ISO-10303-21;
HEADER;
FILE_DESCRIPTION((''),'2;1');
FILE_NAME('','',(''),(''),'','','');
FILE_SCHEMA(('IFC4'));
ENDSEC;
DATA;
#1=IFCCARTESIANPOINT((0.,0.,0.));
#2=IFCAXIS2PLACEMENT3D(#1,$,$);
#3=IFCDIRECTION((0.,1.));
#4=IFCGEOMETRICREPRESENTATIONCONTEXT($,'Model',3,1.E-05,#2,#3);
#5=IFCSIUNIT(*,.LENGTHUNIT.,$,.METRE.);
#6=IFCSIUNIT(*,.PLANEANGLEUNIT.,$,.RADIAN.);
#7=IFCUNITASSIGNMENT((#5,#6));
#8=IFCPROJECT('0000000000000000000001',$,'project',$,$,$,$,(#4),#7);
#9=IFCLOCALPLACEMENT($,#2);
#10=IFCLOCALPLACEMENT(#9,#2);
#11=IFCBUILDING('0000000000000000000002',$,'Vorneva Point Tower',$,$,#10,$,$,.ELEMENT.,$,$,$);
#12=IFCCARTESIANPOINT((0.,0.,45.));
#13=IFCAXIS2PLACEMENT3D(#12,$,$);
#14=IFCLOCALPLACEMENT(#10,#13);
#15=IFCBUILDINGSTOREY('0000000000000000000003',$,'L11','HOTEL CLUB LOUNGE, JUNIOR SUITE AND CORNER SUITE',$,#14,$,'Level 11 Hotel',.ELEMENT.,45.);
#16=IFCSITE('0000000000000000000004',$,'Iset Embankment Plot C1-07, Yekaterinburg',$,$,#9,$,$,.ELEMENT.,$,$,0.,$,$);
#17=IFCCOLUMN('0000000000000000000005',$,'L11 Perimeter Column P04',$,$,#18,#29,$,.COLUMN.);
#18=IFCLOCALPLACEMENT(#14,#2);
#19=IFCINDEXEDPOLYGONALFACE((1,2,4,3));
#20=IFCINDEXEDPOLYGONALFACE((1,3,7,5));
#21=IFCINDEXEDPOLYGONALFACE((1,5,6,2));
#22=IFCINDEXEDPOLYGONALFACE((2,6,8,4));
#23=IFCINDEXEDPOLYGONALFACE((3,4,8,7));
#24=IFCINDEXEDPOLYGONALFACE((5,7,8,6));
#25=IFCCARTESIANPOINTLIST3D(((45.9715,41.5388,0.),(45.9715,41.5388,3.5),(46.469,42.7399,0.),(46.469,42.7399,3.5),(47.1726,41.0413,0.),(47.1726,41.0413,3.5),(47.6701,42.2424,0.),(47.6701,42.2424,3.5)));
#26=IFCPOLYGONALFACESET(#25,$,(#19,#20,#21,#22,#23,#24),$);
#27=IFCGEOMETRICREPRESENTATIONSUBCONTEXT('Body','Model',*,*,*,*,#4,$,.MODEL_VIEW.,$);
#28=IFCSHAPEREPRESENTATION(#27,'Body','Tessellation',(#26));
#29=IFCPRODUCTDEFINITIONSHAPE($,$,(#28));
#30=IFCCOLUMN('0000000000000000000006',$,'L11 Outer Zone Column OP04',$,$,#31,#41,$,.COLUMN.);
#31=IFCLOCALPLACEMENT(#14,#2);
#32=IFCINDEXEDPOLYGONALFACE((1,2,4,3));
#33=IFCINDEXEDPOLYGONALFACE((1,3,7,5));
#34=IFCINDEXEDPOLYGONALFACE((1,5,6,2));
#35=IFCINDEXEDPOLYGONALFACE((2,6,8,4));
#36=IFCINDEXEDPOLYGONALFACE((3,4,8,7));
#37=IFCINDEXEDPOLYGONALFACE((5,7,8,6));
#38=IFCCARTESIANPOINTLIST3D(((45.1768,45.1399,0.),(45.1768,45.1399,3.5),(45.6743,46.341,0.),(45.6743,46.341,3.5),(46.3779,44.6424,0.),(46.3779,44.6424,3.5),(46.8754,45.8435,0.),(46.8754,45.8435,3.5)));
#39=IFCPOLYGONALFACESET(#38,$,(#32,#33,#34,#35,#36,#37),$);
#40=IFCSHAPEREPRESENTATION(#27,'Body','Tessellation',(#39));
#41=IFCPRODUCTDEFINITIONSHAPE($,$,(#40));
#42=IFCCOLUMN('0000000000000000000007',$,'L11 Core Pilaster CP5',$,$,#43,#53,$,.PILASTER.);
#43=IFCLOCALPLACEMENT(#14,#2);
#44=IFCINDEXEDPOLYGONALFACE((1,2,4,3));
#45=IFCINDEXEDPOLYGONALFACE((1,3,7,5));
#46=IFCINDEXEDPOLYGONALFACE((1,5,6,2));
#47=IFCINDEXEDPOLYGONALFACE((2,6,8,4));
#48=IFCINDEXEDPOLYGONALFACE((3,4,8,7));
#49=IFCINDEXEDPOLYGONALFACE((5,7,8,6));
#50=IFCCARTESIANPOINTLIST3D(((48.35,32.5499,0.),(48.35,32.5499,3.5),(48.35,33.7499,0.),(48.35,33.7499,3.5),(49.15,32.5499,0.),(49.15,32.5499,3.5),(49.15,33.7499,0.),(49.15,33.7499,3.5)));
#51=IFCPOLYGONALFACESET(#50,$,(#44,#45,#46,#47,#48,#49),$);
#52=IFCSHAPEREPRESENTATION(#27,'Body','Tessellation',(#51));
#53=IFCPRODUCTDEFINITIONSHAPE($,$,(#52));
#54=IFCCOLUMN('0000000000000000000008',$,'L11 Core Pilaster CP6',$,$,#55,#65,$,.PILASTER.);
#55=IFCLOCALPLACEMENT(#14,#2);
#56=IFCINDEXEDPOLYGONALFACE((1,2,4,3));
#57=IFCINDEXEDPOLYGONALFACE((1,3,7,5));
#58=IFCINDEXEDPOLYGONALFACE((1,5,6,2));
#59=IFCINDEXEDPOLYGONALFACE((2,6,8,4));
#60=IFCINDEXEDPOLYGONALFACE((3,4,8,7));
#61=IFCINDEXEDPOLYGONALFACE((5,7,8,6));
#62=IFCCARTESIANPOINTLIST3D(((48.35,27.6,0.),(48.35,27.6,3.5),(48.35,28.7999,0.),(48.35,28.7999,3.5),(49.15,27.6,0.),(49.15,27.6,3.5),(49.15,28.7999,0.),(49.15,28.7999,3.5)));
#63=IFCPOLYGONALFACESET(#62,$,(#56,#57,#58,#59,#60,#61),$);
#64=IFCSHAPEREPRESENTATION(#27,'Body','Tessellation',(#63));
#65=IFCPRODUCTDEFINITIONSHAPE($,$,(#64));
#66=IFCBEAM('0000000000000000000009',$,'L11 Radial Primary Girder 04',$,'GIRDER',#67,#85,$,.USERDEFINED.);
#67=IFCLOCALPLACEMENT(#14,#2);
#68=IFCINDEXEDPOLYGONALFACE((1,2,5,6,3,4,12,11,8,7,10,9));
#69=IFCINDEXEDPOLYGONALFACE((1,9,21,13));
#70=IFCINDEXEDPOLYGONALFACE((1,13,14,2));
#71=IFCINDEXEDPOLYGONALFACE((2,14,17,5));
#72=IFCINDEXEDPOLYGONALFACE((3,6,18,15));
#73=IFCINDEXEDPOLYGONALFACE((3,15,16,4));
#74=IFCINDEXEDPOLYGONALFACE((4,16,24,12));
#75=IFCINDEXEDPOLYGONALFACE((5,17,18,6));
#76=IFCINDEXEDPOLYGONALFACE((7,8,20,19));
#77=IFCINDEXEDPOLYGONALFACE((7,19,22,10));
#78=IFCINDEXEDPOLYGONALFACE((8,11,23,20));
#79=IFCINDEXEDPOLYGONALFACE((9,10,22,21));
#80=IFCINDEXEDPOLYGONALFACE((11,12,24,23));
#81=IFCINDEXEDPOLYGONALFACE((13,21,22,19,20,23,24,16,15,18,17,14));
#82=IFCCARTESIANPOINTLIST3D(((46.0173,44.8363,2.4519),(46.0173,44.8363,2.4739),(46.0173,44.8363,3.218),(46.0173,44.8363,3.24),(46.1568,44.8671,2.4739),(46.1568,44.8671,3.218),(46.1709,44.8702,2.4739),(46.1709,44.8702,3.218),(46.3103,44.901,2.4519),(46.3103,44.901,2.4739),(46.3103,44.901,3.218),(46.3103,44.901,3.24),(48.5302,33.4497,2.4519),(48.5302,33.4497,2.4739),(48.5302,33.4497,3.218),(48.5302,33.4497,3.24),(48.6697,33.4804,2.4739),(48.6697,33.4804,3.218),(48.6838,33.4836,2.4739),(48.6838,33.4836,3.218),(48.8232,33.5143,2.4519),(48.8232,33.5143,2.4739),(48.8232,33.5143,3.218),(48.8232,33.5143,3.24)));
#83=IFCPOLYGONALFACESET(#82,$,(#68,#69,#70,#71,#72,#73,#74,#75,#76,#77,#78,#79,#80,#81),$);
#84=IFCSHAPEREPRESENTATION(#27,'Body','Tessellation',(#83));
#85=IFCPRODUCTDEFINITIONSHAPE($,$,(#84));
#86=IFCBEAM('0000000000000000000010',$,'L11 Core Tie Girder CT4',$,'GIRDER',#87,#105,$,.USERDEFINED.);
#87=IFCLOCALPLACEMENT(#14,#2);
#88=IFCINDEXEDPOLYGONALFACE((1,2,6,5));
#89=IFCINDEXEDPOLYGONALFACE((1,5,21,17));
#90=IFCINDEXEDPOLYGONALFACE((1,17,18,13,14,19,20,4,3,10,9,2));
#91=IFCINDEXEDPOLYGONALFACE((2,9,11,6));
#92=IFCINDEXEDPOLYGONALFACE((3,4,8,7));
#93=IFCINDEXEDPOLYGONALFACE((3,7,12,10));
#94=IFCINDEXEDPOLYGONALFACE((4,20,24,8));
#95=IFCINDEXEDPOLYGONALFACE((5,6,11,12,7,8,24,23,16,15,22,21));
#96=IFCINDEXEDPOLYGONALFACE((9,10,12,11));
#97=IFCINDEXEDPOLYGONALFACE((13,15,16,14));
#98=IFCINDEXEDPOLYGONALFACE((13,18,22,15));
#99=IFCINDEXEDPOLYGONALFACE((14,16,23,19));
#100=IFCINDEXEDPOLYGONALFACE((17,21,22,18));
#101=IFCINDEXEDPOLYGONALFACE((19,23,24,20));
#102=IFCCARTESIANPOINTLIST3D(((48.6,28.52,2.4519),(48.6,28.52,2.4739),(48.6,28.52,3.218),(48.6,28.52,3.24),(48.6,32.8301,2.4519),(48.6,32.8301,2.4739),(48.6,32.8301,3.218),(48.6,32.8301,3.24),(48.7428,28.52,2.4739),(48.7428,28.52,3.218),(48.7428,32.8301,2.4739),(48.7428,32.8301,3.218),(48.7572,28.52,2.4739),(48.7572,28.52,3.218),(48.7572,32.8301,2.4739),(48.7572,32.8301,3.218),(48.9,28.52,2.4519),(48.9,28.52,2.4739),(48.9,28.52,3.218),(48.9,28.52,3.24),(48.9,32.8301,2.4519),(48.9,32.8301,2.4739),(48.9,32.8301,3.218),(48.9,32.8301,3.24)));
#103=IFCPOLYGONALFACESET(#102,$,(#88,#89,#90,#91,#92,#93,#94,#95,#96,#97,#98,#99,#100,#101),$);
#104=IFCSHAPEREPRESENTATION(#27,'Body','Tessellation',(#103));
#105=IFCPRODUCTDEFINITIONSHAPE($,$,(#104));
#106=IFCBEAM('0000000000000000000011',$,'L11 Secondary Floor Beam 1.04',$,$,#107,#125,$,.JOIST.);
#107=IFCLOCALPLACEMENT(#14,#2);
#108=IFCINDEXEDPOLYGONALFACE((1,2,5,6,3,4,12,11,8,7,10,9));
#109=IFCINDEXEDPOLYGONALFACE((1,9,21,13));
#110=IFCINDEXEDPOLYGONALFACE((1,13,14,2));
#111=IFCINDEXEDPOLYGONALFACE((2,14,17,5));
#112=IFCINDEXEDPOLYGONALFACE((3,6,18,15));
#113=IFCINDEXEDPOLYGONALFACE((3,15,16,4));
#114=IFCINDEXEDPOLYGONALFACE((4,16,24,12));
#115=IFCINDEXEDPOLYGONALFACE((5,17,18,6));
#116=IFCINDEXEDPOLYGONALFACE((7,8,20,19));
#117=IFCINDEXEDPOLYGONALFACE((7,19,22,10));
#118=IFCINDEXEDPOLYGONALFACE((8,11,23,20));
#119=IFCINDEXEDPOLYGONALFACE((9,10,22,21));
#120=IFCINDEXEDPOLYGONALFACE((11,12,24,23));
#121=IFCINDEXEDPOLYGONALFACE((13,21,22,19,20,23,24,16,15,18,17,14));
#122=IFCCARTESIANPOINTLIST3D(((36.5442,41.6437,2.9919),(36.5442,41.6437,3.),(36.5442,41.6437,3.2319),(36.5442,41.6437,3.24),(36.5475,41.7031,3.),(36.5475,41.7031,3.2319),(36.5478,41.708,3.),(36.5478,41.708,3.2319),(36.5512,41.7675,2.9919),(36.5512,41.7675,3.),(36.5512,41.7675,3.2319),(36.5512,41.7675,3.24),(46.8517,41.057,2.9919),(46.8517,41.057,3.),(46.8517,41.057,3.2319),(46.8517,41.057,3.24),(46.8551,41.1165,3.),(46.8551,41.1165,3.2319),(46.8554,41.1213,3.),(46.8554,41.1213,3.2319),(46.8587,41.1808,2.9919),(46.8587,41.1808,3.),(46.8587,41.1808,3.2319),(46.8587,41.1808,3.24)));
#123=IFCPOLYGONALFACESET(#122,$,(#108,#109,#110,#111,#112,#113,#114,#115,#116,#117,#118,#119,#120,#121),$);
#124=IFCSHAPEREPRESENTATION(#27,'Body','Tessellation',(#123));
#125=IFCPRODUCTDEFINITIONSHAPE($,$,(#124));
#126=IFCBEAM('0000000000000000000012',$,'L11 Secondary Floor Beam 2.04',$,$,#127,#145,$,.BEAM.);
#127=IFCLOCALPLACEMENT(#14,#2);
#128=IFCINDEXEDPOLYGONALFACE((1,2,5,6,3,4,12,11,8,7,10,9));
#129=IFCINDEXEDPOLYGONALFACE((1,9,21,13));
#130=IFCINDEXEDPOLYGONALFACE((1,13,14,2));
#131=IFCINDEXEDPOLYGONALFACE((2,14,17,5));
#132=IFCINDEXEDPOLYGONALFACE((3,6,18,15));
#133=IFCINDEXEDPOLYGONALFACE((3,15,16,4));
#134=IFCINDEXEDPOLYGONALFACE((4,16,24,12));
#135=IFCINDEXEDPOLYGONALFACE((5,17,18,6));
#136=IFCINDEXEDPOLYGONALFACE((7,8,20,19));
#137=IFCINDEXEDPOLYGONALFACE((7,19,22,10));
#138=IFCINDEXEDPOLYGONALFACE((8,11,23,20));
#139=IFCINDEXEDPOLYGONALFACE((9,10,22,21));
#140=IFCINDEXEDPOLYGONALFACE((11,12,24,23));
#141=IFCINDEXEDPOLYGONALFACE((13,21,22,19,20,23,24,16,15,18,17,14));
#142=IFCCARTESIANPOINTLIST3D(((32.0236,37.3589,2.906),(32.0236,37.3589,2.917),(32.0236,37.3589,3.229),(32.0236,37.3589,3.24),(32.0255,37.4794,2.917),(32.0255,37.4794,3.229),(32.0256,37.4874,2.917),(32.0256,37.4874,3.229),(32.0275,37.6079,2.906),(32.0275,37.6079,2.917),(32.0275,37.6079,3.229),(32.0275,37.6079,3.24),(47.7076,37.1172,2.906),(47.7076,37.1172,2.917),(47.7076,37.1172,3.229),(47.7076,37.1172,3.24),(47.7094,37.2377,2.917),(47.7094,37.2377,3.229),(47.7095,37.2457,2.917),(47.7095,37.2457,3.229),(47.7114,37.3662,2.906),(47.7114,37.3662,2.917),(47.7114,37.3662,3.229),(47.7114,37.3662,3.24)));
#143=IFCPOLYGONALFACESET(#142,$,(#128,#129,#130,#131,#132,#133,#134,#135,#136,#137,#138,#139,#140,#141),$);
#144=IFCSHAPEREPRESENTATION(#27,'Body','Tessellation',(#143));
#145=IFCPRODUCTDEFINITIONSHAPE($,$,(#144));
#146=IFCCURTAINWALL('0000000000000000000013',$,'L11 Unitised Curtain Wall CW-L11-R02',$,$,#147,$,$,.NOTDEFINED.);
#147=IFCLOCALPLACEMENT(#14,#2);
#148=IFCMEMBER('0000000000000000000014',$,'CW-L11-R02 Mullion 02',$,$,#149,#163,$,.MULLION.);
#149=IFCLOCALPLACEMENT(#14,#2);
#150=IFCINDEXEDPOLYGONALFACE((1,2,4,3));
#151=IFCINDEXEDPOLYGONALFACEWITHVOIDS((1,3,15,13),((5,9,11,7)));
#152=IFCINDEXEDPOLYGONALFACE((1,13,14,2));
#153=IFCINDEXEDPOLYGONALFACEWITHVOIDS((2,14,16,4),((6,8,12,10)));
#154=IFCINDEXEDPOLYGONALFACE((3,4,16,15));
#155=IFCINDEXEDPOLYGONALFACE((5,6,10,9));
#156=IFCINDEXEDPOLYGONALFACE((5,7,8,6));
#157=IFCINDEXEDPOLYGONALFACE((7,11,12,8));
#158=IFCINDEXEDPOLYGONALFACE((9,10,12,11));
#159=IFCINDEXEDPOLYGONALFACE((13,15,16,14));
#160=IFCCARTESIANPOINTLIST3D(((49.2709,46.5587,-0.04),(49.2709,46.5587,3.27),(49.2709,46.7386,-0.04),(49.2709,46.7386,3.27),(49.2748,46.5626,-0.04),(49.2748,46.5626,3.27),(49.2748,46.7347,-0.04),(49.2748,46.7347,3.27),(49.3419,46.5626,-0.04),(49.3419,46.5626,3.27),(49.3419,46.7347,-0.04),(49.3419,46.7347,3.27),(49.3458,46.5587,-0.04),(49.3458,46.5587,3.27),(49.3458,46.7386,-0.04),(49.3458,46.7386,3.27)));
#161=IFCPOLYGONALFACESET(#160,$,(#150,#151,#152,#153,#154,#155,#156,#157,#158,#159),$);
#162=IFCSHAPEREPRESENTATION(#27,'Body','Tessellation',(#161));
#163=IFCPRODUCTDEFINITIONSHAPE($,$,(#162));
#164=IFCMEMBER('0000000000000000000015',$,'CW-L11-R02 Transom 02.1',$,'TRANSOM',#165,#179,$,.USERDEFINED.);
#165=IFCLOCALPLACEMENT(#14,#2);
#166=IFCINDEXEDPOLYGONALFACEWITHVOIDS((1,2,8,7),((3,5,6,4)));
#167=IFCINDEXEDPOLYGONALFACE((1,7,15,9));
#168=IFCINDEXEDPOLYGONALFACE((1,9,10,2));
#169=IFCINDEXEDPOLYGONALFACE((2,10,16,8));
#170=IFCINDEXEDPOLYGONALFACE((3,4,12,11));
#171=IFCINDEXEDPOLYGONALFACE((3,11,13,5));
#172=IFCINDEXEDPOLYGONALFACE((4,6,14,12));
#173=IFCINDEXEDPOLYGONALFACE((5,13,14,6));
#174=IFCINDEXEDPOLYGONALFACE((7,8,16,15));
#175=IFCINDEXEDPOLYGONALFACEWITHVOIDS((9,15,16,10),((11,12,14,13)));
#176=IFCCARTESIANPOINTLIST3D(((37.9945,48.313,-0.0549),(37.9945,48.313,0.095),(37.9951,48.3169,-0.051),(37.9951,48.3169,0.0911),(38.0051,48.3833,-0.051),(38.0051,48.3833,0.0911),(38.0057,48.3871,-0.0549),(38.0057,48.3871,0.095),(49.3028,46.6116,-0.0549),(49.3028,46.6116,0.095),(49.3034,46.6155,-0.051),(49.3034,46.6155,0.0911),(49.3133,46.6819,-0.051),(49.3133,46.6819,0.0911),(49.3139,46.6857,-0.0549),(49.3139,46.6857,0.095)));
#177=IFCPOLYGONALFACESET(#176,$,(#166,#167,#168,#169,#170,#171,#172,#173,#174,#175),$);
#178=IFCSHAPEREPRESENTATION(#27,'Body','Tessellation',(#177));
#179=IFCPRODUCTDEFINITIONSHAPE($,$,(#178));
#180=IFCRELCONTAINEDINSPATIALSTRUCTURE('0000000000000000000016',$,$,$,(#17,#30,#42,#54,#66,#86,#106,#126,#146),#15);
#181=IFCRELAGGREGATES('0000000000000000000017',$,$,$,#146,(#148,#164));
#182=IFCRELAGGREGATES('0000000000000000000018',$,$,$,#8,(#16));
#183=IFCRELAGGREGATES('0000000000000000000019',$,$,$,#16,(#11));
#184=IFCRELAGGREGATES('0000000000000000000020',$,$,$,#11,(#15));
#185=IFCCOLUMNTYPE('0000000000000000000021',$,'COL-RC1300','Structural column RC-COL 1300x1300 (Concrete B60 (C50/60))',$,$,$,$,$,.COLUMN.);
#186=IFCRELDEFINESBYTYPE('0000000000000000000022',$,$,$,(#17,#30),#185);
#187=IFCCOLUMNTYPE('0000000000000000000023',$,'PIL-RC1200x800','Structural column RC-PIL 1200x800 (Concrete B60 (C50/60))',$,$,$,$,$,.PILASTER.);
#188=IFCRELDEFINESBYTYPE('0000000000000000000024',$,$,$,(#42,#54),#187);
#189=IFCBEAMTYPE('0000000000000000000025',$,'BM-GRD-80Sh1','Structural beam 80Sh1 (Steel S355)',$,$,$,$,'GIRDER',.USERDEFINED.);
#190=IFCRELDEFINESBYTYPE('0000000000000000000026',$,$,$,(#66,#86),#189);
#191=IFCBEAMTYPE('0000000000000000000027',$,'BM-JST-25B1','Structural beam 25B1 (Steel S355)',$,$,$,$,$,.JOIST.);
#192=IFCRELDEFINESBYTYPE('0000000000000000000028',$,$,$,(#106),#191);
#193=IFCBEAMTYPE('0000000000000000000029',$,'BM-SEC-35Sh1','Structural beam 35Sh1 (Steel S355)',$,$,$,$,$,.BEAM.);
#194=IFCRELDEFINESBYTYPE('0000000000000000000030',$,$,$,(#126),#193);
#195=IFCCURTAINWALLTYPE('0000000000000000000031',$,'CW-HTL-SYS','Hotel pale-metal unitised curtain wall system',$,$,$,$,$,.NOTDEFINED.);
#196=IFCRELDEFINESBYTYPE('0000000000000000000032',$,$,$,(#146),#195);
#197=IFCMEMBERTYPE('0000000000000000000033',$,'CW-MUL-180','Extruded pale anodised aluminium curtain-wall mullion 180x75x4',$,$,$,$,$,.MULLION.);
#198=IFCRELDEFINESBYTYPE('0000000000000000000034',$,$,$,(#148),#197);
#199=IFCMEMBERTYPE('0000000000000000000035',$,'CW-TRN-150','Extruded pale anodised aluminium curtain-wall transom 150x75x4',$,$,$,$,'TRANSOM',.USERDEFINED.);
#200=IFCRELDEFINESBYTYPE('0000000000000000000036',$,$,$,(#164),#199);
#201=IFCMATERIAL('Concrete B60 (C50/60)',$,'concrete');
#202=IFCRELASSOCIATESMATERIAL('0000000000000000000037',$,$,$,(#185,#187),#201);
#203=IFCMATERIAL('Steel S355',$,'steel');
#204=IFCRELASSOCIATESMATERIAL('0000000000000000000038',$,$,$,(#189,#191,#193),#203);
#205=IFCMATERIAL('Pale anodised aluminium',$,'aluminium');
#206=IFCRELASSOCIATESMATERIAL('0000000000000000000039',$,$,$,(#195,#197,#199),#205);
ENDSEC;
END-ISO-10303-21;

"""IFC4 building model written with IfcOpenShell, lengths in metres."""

from ifc_helpers import new_model, si_unit, direction, frame, origin, origin_2d, place, context, subcontext, project, spatial, rectangle, hollow_rectangle, i_section, extrude, material, material_profile, profile_set, type_object, element, aggregate, save


model = new_model("IFC4")

# Units and contexts
model_context = context("Model", 3, precision=1e-05, world=origin(), true_north=direction((0.0, 1.0)))
body_context = subcontext(model_context, "Body", "Model", "MODEL_VIEW")
ifc_project = project(units=[si_unit("LENGTHUNIT", "METRE"), si_unit("PLANEANGLEUNIT", "RADIAN")], contexts=[model_context])

# Site, building, storey
site_placement = place(None, origin())
site = spatial("IfcSite", under=ifc_project, at=site_placement, Name="Iset Embankment Plot C1-07, Yekaterinburg", CompositionType="ELEMENT", RefElevation=0.0)
building_placement = place(site_placement, origin())
building = spatial("IfcBuilding", under=site, at=building_placement, Name="Vorneva Point Tower", CompositionType="ELEMENT")
storey_placement = place(building_placement, frame((0.0, 0.0, 45.0)))
storey = spatial("IfcBuildingStorey", under=building, at=storey_placement, Name="L11", Description="HOTEL CLUB LOUNGE, JUNIOR SUITE AND CORNER SUITE", LongName="Level 11 Hotel", CompositionType="ELEMENT", Elevation=45.0)

# Columns
ifc_material_1 = material(Name="Concrete B60 (C50/60)", Category="concrete")
ifc_material_profile_1 = material_profile(ifc_material_1, rectangle(XDim=1.3, YDim=1.3, at=origin_2d()), Name="RC-COL 1300x1300")
ifc_profile_set_1 = profile_set([ifc_material_profile_1], Name="Concrete B60 (C50/60)")
column_type_1 = type_object("IfcColumnType", Name="COL-RC1300", Description="Structural column RC-COL 1300x1300 (Concrete B60 (C50/60))", PredefinedType="COLUMN", material=ifc_profile_set_1)
for number, where, z_axis, x_axis, name in (
    (1, (46.8208, 41.8906, 0.0), (0.0, 0.0, 1.0), (0.382683, 0.92388, 0.0), "L11 Perimeter Column P04"),
    (2, (46.0261, 45.4917, 0.0), (0.0, 0.0, 1.0), (0.382683, 0.92388, 0.0), "L11 Outer Zone Column OP04"),
):
    element("IfcColumn", number, at=place(storey_placement, frame(where, z_axis=z_axis, x_axis=x_axis)), inside=storey, type_object=column_type_1, Name=name, PredefinedType="COLUMN", context=body_context, shape_type="SweptSolid", body=[
        extrude(rectangle(XDim=1.3, YDim=1.3, at=origin_2d()), origin(), (0.0, 0.0, 1.0), 3.5),
    ])
ifc_material_profile_2 = material_profile(ifc_material_1, rectangle(XDim=0.8, YDim=1.2, at=origin_2d()), Name="RC-PIL 1200x800")
ifc_profile_set_2 = profile_set([ifc_material_profile_2], Name="Concrete B60 (C50/60)")
column_type_2 = type_object("IfcColumnType", Name="PIL-RC1200x800", Description="Structural column RC-PIL 1200x800 (Concrete B60 (C50/60))", PredefinedType="PILASTER", material=ifc_profile_set_2)
for number, where, z_axis, x_axis, name in (
    (3, (48.75, 33.1499, 0.0), (0.0, 0.0, 1.0), (1.0, 0.0, 0.0), "L11 Core Pilaster CP5"),
    (4, (48.75, 28.2, 0.0), (0.0, 0.0, 1.0), (1.0, 0.0, 0.0), "L11 Core Pilaster CP6"),
):
    element("IfcColumn", number, at=place(storey_placement, frame(where, z_axis=z_axis, x_axis=x_axis)), inside=storey, type_object=column_type_2, Name=name, PredefinedType="PILASTER", context=body_context, shape_type="SweptSolid", body=[
        extrude(rectangle(XDim=0.8, YDim=1.2, at=origin_2d()), origin(), (0.0, 0.0, 1.0), 3.5),
    ])

# Beams
ifc_material_2 = material(Name="Steel S355", Category="steel")
ifc_material_profile_3 = material_profile(ifc_material_2, i_section(OverallWidth=0.3, OverallDepth=0.7881, WebThickness=0.0144, FlangeThickness=0.022, at=origin_2d()), Name="80Sh1")
ifc_profile_set_3 = profile_set([ifc_material_profile_3], Name="Steel S355")
beam_type_1 = type_object("IfcBeamType", Name="BM-GRD-80Sh1", Description="Structural beam 80Sh1 (Steel S355)", ElementType="GIRDER", PredefinedType="USERDEFINED", material=ifc_profile_set_3)
beam_1_placement = place(storey_placement, frame((46.1638, 44.8687, 2.8459), z_axis=(0.215505, -0.976503, 0.0), x_axis=(0.976503, 0.215505, 0.0)))
element("IfcBeam", 5, at=beam_1_placement, inside=storey, type_object=beam_type_1, Name="L11 Radial Primary Girder 04", ObjectType="GIRDER", PredefinedType="USERDEFINED", context=body_context, shape_type="SweptSolid", body=[
    extrude(i_section(OverallWidth=0.3, OverallDepth=0.7881, WebThickness=0.0144, FlangeThickness=0.022, at=origin_2d()), origin(), (0.0, 0.0, 1.0), 11.6606),
])
beam_2_placement = place(storey_placement, frame((48.75, 28.52, 2.8459), z_axis=(0.0, 1.0, 0.0), x_axis=(-1.0, 0.0, 0.0)))
element("IfcBeam", 6, at=beam_2_placement, inside=storey, type_object=beam_type_1, Name="L11 Core Tie Girder CT4", ObjectType="GIRDER", PredefinedType="USERDEFINED", context=body_context, shape_type="SweptSolid", body=[
    extrude(i_section(OverallWidth=0.3, OverallDepth=0.7881, WebThickness=0.0144, FlangeThickness=0.022, at=origin_2d()), origin(), (0.0, 0.0, 1.0), 4.3101),
])
ifc_material_profile_4 = material_profile(ifc_material_2, i_section(OverallWidth=0.124, OverallDepth=0.248, WebThickness=0.0049, FlangeThickness=0.0081, at=origin_2d()), Name="25B1")
ifc_profile_set_4 = profile_set([ifc_material_profile_4], Name="Steel S355")
beam_type_2 = type_object("IfcBeamType", Name="BM-JST-25B1", Description="Structural beam 25B1 (Steel S355)", PredefinedType="JOIST", material=ifc_profile_set_4)
beam_3_placement = place(storey_placement, frame((46.8552, 41.1189, 3.116), z_axis=(-0.998384, 0.056824, 0.0), x_axis=(-0.056824, -0.998384, 0.0)))
element("IfcBeam", 7, at=beam_3_placement, inside=storey, type_object=beam_type_2, Name="L11 Secondary Floor Beam 1.04", PredefinedType="JOIST", context=body_context, shape_type="SweptSolid", body=[
    extrude(i_section(OverallWidth=0.124, OverallDepth=0.248, WebThickness=0.0049, FlangeThickness=0.0081, at=origin_2d()), origin(), (0.0, 0.0, 1.0), 10.3242),
])
ifc_material_profile_5 = material_profile(ifc_material_2, i_section(OverallWidth=0.249, OverallDepth=0.334, WebThickness=0.0081, FlangeThickness=0.011, at=origin_2d()), Name="35Sh1")
ifc_profile_set_5 = profile_set([ifc_material_profile_5], Name="Steel S355")
beam_type_3 = type_object("IfcBeamType", Name="BM-SEC-35Sh1", Description="Structural beam 35Sh1 (Steel S355)", PredefinedType="BEAM", material=ifc_profile_set_5)
beam_4_placement = place(storey_placement, frame((47.7095, 37.2417, 3.073), z_axis=(-0.999881, 0.015409, 0.0), x_axis=(-0.015409, -0.999881, 0.0)))
element("IfcBeam", 8, at=beam_4_placement, inside=storey, type_object=beam_type_3, Name="L11 Secondary Floor Beam 2.04", PredefinedType="BEAM", context=body_context, shape_type="SweptSolid", body=[
    extrude(i_section(OverallWidth=0.249, OverallDepth=0.334, WebThickness=0.0081, FlangeThickness=0.011, at=origin_2d()), origin(), (0.0, 0.0, 1.0), 15.6858),
])

# Curtain wall, members
ifc_material_3 = material(Name="Pale anodised aluminium", Category="aluminium")
curtain_wall_type = type_object("IfcCurtainWallType", Name="CW-HTL-SYS", Description="Hotel pale-metal unitised curtain wall system", PredefinedType="NOTDEFINED", material=ifc_material_3)
curtain_wall_placement = place(storey_placement, origin())
curtain_wall = element("IfcCurtainWall", 9, at=curtain_wall_placement, inside=storey, type_object=curtain_wall_type, Name="L11 Unitised Curtain Wall CW-L11-R02", PredefinedType="NOTDEFINED")
ifc_material_profile_6 = material_profile(ifc_material_3, hollow_rectangle(XDim=0.075, YDim=0.1799, WallThickness=0.0039, at=origin_2d()), Name="AL-MUL 180x75x4")
ifc_profile_set_6 = profile_set([ifc_material_profile_6], Name="Pale anodised aluminium")
member_type_1 = type_object("IfcMemberType", Name="CW-MUL-180", Description="Extruded pale anodised aluminium curtain-wall mullion 180x75x4", PredefinedType="MULLION", material=ifc_profile_set_6)
member_1_placement = place(storey_placement, frame((49.3083, 46.6487, -0.04), z_axis=(0.0, 0.0, 1.0), x_axis=(1.0, 0.0, 0.0)))
member_1 = element("IfcMember", 10, at=member_1_placement, type_object=member_type_1, Name="CW-L11-R02 Mullion 02", PredefinedType="MULLION", context=body_context, shape_type="SweptSolid", body=[
    extrude(hollow_rectangle(XDim=0.075, YDim=0.1799, WallThickness=0.0039, at=origin_2d()), origin(), (0.0, 0.0, 1.0), 3.3101),
])
ifc_material_profile_7 = material_profile(ifc_material_3, hollow_rectangle(XDim=0.075, YDim=0.1499, WallThickness=0.0039, at=origin_2d()), Name="AL-TRN 150x75x4")
ifc_profile_set_7 = profile_set([ifc_material_profile_7], Name="Pale anodised aluminium")
member_type_2 = type_object("IfcMemberType", Name="CW-TRN-150", Description="Extruded pale anodised aluminium curtain-wall transom 150x75x4", ElementType="TRANSOM", PredefinedType="USERDEFINED", material=ifc_profile_set_7)
member_2_placement = place(storey_placement, frame((49.3083, 46.6487, 0.02), z_axis=(-0.98887, 0.148782, 0.0), x_axis=(-0.148782, -0.98887, 0.0)))
member_2 = element("IfcMember", 11, at=member_2_placement, type_object=member_type_2, Name="CW-L11-R02 Transom 02.1", ObjectType="TRANSOM", PredefinedType="USERDEFINED", context=body_context, shape_type="SweptSolid", body=[
    extrude(hollow_rectangle(XDim=0.075, YDim=0.1499, WallThickness=0.0039, at=origin_2d()), origin(), (0.0, 0.0, 1.0), 11.4355),
])
aggregate(curtain_wall, [member_1, member_2])

save(model, "model.ifc")
